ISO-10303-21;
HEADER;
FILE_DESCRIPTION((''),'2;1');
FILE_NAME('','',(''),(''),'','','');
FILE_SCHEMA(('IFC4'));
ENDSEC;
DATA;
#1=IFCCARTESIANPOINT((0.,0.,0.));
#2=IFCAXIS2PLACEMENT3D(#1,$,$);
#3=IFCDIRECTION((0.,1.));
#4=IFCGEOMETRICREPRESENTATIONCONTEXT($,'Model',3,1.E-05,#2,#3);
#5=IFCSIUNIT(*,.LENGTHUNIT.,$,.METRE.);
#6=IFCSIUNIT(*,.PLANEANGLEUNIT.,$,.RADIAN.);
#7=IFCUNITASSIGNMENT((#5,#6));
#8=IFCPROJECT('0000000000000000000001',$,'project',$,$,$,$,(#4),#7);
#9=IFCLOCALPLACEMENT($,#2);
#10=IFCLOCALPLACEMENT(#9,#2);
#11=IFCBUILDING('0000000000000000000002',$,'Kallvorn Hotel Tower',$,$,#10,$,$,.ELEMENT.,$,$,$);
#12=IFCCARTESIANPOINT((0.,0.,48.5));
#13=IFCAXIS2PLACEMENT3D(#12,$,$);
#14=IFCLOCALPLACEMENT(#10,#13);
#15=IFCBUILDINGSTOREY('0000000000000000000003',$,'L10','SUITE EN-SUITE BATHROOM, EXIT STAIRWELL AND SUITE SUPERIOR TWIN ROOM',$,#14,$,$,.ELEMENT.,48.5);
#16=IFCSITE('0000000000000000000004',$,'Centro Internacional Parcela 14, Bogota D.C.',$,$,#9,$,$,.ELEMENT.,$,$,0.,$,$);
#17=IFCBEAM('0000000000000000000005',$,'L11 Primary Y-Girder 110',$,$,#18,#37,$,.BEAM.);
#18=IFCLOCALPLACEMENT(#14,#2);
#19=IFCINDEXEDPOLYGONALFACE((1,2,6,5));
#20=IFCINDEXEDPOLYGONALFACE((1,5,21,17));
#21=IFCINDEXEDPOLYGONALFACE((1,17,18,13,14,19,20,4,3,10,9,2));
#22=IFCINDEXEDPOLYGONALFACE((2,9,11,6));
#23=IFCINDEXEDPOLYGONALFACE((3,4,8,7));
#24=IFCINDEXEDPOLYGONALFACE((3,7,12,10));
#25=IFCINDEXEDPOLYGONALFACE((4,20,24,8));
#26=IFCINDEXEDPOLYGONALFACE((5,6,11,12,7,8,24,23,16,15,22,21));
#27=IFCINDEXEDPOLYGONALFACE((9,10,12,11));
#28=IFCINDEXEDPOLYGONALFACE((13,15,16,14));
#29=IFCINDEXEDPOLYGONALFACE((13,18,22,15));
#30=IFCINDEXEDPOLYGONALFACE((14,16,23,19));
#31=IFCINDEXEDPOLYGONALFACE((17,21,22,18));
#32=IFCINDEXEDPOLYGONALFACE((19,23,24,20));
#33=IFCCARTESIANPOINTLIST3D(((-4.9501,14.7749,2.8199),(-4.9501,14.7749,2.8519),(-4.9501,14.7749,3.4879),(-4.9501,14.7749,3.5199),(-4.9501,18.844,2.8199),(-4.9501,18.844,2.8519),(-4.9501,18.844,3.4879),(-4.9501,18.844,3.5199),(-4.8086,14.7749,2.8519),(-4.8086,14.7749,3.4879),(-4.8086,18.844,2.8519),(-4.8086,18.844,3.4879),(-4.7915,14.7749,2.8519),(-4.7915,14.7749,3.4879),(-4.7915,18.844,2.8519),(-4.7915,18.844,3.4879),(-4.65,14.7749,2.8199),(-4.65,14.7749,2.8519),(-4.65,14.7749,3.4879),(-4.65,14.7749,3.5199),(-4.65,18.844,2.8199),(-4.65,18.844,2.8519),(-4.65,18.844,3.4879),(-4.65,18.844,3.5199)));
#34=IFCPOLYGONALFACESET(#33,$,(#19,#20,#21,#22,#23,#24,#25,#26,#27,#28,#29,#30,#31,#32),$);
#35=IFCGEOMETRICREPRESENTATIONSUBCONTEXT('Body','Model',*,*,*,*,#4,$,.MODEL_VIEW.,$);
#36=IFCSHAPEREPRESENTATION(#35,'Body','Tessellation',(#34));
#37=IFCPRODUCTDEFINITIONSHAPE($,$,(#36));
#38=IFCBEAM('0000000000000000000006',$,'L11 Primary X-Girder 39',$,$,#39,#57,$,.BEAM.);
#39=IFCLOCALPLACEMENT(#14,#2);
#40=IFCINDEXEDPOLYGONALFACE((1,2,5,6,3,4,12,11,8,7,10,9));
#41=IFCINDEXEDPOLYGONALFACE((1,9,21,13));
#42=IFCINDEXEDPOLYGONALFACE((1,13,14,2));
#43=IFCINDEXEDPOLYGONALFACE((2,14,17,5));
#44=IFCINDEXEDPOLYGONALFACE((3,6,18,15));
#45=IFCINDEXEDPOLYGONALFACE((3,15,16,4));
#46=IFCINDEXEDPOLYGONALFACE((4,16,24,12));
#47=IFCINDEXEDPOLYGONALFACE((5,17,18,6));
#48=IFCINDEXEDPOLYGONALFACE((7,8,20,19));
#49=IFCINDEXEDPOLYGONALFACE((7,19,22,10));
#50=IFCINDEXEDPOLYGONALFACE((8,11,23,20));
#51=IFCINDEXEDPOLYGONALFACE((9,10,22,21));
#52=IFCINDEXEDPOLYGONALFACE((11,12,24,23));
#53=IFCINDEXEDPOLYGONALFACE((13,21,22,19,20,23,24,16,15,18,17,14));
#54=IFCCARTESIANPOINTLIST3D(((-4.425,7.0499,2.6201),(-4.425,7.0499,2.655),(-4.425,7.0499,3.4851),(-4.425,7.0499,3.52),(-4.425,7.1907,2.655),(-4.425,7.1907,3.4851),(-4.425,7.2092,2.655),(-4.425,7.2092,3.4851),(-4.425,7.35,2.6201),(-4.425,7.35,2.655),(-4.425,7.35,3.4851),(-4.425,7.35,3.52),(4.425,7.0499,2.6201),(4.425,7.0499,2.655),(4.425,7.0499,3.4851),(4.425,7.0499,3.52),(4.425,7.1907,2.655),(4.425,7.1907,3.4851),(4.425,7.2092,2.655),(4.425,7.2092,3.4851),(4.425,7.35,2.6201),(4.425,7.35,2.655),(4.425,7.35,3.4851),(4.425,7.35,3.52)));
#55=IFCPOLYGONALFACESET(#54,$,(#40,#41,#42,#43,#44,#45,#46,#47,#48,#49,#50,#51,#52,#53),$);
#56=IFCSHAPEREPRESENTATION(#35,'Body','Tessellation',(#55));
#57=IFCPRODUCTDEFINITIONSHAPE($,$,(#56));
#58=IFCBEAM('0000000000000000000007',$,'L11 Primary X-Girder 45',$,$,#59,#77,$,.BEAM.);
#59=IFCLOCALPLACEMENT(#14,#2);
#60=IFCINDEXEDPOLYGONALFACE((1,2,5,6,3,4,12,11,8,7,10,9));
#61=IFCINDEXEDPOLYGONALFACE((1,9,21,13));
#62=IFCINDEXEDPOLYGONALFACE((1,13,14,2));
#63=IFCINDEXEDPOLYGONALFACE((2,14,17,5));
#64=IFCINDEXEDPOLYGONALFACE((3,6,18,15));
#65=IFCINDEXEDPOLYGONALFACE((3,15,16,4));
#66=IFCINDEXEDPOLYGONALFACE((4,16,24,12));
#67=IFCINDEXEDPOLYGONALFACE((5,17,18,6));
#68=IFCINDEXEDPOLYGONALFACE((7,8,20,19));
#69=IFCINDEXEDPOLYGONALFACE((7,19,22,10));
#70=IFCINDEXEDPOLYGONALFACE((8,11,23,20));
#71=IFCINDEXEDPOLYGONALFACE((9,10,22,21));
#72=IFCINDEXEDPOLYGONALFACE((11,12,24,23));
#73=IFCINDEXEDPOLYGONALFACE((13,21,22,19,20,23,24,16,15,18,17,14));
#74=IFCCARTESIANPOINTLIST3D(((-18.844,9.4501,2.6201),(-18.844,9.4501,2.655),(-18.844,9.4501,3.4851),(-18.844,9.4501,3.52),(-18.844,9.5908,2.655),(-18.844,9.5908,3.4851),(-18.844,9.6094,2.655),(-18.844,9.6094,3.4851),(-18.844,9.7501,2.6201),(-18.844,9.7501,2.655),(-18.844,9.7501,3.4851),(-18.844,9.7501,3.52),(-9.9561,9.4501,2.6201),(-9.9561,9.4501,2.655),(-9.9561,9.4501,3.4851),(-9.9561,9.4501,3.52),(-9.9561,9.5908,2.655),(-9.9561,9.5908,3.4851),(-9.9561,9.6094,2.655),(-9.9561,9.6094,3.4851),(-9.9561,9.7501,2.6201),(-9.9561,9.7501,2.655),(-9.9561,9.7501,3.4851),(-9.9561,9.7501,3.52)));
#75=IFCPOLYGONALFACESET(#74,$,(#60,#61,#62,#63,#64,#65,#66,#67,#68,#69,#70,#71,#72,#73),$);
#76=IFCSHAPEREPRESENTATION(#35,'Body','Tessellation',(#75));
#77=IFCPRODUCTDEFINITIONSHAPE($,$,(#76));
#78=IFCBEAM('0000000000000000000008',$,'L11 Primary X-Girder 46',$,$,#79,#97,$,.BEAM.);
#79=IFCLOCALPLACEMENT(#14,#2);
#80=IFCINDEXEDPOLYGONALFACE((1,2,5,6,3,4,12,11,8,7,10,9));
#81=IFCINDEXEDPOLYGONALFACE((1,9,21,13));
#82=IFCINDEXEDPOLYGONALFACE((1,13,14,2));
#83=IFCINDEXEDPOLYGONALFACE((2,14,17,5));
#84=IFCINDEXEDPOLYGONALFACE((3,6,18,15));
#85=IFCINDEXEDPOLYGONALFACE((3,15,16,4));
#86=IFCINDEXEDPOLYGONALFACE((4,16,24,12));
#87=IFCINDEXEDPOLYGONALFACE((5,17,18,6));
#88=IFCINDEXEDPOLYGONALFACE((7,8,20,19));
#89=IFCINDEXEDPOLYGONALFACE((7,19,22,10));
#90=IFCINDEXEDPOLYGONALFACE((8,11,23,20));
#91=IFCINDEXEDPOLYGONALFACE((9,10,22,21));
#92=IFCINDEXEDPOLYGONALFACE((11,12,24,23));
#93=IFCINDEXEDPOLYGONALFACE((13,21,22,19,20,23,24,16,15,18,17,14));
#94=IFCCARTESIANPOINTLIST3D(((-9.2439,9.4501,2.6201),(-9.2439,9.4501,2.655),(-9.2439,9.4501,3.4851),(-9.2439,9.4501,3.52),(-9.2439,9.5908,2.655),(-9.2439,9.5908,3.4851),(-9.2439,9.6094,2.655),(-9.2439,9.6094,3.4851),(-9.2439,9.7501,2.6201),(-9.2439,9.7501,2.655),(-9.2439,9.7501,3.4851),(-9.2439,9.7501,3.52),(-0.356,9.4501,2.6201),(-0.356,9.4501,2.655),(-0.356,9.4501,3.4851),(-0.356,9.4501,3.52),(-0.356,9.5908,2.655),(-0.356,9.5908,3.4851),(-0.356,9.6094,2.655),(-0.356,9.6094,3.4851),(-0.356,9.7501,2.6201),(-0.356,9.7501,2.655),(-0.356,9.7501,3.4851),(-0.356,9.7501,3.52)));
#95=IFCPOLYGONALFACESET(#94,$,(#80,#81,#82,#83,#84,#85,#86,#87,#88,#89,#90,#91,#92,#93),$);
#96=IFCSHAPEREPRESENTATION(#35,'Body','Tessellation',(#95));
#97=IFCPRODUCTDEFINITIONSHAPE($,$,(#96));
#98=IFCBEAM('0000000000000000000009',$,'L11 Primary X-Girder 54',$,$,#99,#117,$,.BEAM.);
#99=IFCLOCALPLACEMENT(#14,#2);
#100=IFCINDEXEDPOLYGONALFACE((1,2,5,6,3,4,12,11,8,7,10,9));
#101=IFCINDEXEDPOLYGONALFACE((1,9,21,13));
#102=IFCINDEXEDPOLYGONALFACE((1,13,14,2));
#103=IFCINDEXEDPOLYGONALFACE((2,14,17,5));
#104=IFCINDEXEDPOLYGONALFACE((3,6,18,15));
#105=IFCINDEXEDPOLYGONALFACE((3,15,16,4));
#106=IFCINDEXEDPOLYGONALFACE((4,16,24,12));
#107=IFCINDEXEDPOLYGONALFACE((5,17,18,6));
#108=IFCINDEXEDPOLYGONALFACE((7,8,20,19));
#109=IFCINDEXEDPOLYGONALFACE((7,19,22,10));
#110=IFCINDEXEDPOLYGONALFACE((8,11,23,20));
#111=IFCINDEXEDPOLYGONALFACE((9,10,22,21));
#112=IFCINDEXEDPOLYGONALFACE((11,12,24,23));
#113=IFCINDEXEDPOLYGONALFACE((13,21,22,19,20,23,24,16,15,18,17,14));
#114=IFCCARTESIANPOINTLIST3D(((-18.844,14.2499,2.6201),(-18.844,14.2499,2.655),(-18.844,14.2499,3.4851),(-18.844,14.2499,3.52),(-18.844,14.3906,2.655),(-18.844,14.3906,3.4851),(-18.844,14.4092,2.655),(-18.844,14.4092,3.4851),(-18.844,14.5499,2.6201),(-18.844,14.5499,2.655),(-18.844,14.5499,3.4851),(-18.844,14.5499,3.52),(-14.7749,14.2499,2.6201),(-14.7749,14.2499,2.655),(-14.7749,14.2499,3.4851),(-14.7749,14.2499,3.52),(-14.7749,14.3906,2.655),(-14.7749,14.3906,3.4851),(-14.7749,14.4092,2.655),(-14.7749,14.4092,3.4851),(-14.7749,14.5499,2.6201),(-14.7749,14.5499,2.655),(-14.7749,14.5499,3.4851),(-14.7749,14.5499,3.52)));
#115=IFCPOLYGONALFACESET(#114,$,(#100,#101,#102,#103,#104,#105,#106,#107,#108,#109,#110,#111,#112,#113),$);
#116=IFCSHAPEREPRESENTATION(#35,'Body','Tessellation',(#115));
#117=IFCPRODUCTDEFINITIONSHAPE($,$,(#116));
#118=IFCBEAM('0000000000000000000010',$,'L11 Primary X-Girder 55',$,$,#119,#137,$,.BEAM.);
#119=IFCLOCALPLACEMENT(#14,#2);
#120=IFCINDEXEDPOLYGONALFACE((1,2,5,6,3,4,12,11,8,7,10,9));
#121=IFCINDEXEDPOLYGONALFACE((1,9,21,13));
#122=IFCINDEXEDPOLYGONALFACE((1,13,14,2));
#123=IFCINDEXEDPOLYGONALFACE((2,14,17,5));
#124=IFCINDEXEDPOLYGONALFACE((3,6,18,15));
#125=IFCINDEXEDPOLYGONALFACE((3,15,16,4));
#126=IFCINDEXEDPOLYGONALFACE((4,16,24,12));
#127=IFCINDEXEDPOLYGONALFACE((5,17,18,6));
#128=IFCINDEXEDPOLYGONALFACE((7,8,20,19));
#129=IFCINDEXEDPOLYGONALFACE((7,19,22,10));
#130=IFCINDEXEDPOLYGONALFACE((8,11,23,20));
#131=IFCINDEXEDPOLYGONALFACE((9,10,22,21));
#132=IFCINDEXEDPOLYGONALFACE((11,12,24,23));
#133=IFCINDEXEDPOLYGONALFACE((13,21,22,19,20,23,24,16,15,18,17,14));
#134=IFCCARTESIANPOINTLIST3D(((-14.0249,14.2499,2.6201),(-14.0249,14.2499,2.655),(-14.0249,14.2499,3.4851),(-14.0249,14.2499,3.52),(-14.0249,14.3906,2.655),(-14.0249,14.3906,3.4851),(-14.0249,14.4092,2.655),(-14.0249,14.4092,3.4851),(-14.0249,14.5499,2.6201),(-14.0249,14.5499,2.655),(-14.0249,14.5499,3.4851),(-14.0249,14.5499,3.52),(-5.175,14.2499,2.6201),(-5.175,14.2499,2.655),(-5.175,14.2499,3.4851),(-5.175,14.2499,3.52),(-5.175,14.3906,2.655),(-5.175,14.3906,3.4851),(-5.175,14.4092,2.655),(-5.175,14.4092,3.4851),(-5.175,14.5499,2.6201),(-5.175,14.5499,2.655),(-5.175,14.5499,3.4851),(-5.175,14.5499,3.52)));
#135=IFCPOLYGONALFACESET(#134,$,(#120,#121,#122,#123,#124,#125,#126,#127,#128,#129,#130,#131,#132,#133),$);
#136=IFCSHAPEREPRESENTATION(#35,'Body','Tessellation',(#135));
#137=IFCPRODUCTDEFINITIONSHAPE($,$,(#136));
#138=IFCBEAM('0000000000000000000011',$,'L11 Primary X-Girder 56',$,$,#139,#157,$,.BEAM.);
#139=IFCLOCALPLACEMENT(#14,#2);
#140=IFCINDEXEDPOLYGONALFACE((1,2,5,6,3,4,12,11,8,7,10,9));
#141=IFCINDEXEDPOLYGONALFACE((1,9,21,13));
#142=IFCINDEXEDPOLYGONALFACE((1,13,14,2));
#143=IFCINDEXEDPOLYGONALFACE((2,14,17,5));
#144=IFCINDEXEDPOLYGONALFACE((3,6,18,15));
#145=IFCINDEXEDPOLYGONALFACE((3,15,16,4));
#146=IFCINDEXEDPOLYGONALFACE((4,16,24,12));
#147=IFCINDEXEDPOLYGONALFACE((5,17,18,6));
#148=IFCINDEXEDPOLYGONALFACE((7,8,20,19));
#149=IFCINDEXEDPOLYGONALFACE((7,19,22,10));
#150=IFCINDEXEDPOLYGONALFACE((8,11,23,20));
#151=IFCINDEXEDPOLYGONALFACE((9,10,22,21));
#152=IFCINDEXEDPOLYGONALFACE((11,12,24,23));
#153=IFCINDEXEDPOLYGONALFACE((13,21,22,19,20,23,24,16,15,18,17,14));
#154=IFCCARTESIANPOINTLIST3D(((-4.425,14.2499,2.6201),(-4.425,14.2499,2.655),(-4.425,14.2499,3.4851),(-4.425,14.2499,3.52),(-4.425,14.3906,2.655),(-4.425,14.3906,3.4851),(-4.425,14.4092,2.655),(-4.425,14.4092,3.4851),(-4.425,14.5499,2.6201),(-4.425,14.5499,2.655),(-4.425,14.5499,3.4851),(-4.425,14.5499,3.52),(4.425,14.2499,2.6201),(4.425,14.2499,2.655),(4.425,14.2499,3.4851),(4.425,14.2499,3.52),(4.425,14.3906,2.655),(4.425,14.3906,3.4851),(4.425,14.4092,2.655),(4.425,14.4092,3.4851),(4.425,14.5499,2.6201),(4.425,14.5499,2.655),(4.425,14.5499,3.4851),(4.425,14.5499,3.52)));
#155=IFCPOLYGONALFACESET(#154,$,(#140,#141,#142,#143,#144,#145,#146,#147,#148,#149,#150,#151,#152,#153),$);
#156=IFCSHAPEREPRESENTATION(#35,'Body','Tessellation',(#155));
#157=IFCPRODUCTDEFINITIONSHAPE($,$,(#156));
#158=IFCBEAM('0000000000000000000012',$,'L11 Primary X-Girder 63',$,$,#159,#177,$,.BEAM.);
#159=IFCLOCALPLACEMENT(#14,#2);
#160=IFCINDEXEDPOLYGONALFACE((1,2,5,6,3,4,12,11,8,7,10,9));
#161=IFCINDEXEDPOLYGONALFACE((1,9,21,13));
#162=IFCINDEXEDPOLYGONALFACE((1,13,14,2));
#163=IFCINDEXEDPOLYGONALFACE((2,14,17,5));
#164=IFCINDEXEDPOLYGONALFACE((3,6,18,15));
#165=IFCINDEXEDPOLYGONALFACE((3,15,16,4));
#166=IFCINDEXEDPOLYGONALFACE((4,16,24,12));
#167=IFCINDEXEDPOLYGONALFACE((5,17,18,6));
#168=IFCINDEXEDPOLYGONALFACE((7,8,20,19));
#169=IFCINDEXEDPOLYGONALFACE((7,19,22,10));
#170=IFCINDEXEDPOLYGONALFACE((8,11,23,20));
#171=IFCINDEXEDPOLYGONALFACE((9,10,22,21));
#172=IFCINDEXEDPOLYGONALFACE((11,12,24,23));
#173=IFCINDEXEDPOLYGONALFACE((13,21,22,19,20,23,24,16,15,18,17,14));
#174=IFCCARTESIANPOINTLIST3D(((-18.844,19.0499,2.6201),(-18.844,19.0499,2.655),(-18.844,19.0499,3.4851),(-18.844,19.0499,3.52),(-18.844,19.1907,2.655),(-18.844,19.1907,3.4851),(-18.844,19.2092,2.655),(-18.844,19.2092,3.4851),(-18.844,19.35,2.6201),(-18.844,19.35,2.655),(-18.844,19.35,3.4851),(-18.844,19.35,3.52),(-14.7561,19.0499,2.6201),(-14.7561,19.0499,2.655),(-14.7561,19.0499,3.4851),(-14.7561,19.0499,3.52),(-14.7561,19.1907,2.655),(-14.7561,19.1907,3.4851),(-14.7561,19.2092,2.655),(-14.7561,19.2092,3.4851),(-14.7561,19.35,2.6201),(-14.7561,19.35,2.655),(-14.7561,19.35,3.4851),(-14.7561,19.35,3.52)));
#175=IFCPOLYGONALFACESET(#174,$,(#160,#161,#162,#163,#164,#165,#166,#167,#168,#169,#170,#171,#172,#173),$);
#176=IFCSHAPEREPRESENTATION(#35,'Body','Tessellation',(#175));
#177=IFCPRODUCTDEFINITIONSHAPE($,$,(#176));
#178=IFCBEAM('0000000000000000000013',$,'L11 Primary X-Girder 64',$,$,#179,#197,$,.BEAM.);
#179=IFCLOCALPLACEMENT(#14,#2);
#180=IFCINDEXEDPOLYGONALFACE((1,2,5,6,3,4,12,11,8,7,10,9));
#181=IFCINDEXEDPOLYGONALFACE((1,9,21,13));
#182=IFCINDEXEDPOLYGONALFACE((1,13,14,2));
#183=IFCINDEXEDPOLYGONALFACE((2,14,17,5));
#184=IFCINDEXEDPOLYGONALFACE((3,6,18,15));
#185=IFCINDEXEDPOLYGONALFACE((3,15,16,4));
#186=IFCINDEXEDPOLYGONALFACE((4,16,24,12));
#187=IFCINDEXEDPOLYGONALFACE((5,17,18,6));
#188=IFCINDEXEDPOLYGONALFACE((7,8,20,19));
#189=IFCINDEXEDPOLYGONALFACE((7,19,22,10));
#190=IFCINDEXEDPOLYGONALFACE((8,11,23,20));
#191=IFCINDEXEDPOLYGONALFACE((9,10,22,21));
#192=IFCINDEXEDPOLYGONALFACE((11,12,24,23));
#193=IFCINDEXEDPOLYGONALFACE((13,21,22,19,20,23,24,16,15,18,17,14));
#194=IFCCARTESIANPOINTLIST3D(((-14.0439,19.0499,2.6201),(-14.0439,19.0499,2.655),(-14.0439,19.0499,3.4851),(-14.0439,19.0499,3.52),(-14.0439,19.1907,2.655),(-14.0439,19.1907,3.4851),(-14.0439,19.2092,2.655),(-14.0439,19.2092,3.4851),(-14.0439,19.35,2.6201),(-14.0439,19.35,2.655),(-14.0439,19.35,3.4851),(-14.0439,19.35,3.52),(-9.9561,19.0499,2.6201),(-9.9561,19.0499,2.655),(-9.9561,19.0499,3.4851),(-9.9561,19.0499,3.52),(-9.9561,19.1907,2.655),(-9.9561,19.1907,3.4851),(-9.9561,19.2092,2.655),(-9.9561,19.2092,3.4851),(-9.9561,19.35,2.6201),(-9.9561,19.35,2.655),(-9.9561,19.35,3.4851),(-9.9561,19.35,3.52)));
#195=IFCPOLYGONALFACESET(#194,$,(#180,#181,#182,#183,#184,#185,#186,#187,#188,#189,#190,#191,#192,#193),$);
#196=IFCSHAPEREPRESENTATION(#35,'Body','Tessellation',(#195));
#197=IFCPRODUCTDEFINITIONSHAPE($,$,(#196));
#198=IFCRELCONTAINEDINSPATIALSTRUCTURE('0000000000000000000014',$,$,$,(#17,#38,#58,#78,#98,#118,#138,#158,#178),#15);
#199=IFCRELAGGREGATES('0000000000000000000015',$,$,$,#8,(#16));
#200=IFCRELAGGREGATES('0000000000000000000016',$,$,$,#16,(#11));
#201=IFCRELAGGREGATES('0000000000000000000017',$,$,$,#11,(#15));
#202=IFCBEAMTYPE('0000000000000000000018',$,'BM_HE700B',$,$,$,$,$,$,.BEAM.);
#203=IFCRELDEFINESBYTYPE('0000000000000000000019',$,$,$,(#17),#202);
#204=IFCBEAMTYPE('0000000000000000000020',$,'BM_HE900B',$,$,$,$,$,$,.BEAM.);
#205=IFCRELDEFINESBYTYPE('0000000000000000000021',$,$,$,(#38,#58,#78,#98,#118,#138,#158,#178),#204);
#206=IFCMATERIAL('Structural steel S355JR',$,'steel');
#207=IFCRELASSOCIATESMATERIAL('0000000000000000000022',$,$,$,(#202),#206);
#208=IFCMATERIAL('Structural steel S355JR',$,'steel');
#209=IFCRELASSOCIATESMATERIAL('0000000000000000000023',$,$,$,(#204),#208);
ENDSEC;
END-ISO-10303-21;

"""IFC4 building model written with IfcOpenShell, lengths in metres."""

from ifc_helpers import new_model, si_unit, direction, frame, origin, origin_2d, place, context, subcontext, project, spatial, i_section, extrude, material, material_profile, profile_set, type_object, element, save


model = new_model("IFC4")

# Units and contexts
model_context = context("Model", 3, precision=1e-05, world=origin(), true_north=direction((0.0, 1.0)))
body_context = subcontext(model_context, "Body", "Model", "MODEL_VIEW")
ifc_project = project(units=[si_unit("LENGTHUNIT", "METRE"), si_unit("PLANEANGLEUNIT", "RADIAN")], contexts=[model_context])

# Site, building, storey
site_placement = place(None, origin())
site = spatial("IfcSite", under=ifc_project, at=site_placement, Name="Centro Internacional Parcela 14, Bogota D.C.", CompositionType="ELEMENT", RefElevation=0.0)
building_placement = place(site_placement, origin())
building = spatial("IfcBuilding", under=site, at=building_placement, Name="Kallvorn Hotel Tower", CompositionType="ELEMENT")
storey_placement = place(building_placement, frame((0.0, 0.0, 48.5)))
storey = spatial("IfcBuildingStorey", under=building, at=storey_placement, Name="L10", Description="SUITE EN-SUITE BATHROOM, EXIT STAIRWELL AND SUITE SUPERIOR TWIN ROOM", CompositionType="ELEMENT", Elevation=48.5)

# Beams
ifc_material_1 = material(Name="Structural steel S355JR", Category="steel")
ifc_material_profile_1 = material_profile(ifc_material_1, i_section(OverallWidth=0.3, OverallDepth=0.7, WebThickness=0.0171, FlangeThickness=0.032, at=origin_2d()), Name="HE 700 B")
ifc_profile_set_1 = profile_set([ifc_material_profile_1], Name="Structural steel S355JR")
beam_type_1 = type_object("IfcBeamType", Name="BM_HE700B", PredefinedType="BEAM", material=ifc_profile_set_1)
beam_1_placement = place(storey_placement, frame((-4.8, 14.7749, 3.1699), z_axis=(0.0, 1.0, 0.0), x_axis=(-1.0, 0.0, 0.0)))
element("IfcBeam", 1, at=beam_1_placement, inside=storey, type_object=beam_type_1, Name="L11 Primary Y-Girder 110", PredefinedType="BEAM", context=body_context, shape_type="SweptSolid", body=[
    extrude(i_section(OverallWidth=0.3, OverallDepth=0.7, WebThickness=0.0171, FlangeThickness=0.032, at=origin_2d()), origin(), (0.0, 0.0, 1.0), 4.0691),
])
ifc_material_2 = material(Name="Structural steel S355JR", Category="steel")
ifc_material_profile_2 = material_profile(ifc_material_2, i_section(OverallWidth=0.3, OverallDepth=0.8999, WebThickness=0.0186, FlangeThickness=0.0349, at=origin_2d()), Name="HE 900 B")
ifc_profile_set_2 = profile_set([ifc_material_profile_2], Name="Structural steel S355JR")
beam_type_2 = type_object("IfcBeamType", Name="BM_HE900B", PredefinedType="BEAM", material=ifc_profile_set_2)
beam_2_placement = place(storey_placement, frame((-4.425, 7.2, 3.0701), z_axis=(1.0, 0.0, 0.0), x_axis=(0.0, 1.0, 0.0)))
element("IfcBeam", 2, at=beam_2_placement, inside=storey, type_object=beam_type_2, Name="L11 Primary X-Girder 39", PredefinedType="BEAM", context=body_context, shape_type="SweptSolid", body=[
    extrude(i_section(OverallWidth=0.3, OverallDepth=0.8999, WebThickness=0.0186, FlangeThickness=0.0349, at=origin_2d()), origin(), (0.0, 0.0, 1.0), 8.8501),
])
for number, where, z_axis, x_axis, name in (
    (3, (-18.844, 9.6001, 3.0701), (1.0, 0.0, 0.0), (0.0, 1.0, 0.0), "L11 Primary X-Girder 45"),
    (4, (-9.2439, 9.6001, 3.0701), (1.0, 0.0, 0.0), (0.0, 1.0, 0.0), "L11 Primary X-Girder 46"),
):
    element("IfcBeam", number, at=place(storey_placement, frame(where, z_axis=z_axis, x_axis=x_axis)), inside=storey, type_object=beam_type_2, Name=name, PredefinedType="BEAM", context=body_context, shape_type="SweptSolid", body=[
        extrude(i_section(OverallWidth=0.3, OverallDepth=0.8999, WebThickness=0.0186, FlangeThickness=0.0349, at=origin_2d()), origin(), (0.0, 0.0, 1.0), 8.8879),
    ])
beam_3_placement = place(storey_placement, frame((-18.844, 14.3999, 3.0701), z_axis=(1.0, 0.0, 0.0), x_axis=(0.0, 1.0, 0.0)))
element("IfcBeam", 5, at=beam_3_placement, inside=storey, type_object=beam_type_2, Name="L11 Primary X-Girder 54", PredefinedType="BEAM", context=body_context, shape_type="SweptSolid", body=[
    extrude(i_section(OverallWidth=0.3, OverallDepth=0.8999, WebThickness=0.0186, FlangeThickness=0.0349, at=origin_2d()), origin(), (0.0, 0.0, 1.0), 4.0691),
])
beam_4_placement = place(storey_placement, frame((-14.0249, 14.3999, 3.0701), z_axis=(1.0, 0.0, 0.0), x_axis=(0.0, 1.0, 0.0)))
element("IfcBeam", 6, at=beam_4_placement, inside=storey, type_object=beam_type_2, Name="L11 Primary X-Girder 55", PredefinedType="BEAM", context=body_context, shape_type="SweptSolid", body=[
    extrude(i_section(OverallWidth=0.3, OverallDepth=0.8999, WebThickness=0.0186, FlangeThickness=0.0349, at=origin_2d()), origin(), (0.0, 0.0, 1.0), 8.8499),
])
beam_5_placement = place(storey_placement, frame((-4.425, 14.3999, 3.0701), z_axis=(1.0, 0.0, 0.0), x_axis=(0.0, 1.0, 0.0)))
element("IfcBeam", 7, at=beam_5_placement, inside=storey, type_object=beam_type_2, Name="L11 Primary X-Girder 56", PredefinedType="BEAM", context=body_context, shape_type="SweptSolid", body=[
    extrude(i_section(OverallWidth=0.3, OverallDepth=0.8999, WebThickness=0.0186, FlangeThickness=0.0349, at=origin_2d()), origin(), (0.0, 0.0, 1.0), 8.8501),
])
for number, where, z_axis, x_axis, name in (
    (8, (-18.844, 19.2, 3.0701), (1.0, 0.0, 0.0), (0.0, 1.0, 0.0), "L11 Primary X-Girder 63"),
    (9, (-14.0439, 19.2, 3.0701), (1.0, 0.0, 0.0), (0.0, 1.0, 0.0), "L11 Primary X-Girder 64"),
):
    element("IfcBeam", number, at=place(storey_placement, frame(where, z_axis=z_axis, x_axis=x_axis)), inside=storey, type_object=beam_type_2, Name=name, PredefinedType="BEAM", context=body_context, shape_type="SweptSolid", body=[
        extrude(i_section(OverallWidth=0.3, OverallDepth=0.8999, WebThickness=0.0186, FlangeThickness=0.0349, at=origin_2d()), origin(), (0.0, 0.0, 1.0), 4.0879),
    ])

save(model, "model.ifc")
